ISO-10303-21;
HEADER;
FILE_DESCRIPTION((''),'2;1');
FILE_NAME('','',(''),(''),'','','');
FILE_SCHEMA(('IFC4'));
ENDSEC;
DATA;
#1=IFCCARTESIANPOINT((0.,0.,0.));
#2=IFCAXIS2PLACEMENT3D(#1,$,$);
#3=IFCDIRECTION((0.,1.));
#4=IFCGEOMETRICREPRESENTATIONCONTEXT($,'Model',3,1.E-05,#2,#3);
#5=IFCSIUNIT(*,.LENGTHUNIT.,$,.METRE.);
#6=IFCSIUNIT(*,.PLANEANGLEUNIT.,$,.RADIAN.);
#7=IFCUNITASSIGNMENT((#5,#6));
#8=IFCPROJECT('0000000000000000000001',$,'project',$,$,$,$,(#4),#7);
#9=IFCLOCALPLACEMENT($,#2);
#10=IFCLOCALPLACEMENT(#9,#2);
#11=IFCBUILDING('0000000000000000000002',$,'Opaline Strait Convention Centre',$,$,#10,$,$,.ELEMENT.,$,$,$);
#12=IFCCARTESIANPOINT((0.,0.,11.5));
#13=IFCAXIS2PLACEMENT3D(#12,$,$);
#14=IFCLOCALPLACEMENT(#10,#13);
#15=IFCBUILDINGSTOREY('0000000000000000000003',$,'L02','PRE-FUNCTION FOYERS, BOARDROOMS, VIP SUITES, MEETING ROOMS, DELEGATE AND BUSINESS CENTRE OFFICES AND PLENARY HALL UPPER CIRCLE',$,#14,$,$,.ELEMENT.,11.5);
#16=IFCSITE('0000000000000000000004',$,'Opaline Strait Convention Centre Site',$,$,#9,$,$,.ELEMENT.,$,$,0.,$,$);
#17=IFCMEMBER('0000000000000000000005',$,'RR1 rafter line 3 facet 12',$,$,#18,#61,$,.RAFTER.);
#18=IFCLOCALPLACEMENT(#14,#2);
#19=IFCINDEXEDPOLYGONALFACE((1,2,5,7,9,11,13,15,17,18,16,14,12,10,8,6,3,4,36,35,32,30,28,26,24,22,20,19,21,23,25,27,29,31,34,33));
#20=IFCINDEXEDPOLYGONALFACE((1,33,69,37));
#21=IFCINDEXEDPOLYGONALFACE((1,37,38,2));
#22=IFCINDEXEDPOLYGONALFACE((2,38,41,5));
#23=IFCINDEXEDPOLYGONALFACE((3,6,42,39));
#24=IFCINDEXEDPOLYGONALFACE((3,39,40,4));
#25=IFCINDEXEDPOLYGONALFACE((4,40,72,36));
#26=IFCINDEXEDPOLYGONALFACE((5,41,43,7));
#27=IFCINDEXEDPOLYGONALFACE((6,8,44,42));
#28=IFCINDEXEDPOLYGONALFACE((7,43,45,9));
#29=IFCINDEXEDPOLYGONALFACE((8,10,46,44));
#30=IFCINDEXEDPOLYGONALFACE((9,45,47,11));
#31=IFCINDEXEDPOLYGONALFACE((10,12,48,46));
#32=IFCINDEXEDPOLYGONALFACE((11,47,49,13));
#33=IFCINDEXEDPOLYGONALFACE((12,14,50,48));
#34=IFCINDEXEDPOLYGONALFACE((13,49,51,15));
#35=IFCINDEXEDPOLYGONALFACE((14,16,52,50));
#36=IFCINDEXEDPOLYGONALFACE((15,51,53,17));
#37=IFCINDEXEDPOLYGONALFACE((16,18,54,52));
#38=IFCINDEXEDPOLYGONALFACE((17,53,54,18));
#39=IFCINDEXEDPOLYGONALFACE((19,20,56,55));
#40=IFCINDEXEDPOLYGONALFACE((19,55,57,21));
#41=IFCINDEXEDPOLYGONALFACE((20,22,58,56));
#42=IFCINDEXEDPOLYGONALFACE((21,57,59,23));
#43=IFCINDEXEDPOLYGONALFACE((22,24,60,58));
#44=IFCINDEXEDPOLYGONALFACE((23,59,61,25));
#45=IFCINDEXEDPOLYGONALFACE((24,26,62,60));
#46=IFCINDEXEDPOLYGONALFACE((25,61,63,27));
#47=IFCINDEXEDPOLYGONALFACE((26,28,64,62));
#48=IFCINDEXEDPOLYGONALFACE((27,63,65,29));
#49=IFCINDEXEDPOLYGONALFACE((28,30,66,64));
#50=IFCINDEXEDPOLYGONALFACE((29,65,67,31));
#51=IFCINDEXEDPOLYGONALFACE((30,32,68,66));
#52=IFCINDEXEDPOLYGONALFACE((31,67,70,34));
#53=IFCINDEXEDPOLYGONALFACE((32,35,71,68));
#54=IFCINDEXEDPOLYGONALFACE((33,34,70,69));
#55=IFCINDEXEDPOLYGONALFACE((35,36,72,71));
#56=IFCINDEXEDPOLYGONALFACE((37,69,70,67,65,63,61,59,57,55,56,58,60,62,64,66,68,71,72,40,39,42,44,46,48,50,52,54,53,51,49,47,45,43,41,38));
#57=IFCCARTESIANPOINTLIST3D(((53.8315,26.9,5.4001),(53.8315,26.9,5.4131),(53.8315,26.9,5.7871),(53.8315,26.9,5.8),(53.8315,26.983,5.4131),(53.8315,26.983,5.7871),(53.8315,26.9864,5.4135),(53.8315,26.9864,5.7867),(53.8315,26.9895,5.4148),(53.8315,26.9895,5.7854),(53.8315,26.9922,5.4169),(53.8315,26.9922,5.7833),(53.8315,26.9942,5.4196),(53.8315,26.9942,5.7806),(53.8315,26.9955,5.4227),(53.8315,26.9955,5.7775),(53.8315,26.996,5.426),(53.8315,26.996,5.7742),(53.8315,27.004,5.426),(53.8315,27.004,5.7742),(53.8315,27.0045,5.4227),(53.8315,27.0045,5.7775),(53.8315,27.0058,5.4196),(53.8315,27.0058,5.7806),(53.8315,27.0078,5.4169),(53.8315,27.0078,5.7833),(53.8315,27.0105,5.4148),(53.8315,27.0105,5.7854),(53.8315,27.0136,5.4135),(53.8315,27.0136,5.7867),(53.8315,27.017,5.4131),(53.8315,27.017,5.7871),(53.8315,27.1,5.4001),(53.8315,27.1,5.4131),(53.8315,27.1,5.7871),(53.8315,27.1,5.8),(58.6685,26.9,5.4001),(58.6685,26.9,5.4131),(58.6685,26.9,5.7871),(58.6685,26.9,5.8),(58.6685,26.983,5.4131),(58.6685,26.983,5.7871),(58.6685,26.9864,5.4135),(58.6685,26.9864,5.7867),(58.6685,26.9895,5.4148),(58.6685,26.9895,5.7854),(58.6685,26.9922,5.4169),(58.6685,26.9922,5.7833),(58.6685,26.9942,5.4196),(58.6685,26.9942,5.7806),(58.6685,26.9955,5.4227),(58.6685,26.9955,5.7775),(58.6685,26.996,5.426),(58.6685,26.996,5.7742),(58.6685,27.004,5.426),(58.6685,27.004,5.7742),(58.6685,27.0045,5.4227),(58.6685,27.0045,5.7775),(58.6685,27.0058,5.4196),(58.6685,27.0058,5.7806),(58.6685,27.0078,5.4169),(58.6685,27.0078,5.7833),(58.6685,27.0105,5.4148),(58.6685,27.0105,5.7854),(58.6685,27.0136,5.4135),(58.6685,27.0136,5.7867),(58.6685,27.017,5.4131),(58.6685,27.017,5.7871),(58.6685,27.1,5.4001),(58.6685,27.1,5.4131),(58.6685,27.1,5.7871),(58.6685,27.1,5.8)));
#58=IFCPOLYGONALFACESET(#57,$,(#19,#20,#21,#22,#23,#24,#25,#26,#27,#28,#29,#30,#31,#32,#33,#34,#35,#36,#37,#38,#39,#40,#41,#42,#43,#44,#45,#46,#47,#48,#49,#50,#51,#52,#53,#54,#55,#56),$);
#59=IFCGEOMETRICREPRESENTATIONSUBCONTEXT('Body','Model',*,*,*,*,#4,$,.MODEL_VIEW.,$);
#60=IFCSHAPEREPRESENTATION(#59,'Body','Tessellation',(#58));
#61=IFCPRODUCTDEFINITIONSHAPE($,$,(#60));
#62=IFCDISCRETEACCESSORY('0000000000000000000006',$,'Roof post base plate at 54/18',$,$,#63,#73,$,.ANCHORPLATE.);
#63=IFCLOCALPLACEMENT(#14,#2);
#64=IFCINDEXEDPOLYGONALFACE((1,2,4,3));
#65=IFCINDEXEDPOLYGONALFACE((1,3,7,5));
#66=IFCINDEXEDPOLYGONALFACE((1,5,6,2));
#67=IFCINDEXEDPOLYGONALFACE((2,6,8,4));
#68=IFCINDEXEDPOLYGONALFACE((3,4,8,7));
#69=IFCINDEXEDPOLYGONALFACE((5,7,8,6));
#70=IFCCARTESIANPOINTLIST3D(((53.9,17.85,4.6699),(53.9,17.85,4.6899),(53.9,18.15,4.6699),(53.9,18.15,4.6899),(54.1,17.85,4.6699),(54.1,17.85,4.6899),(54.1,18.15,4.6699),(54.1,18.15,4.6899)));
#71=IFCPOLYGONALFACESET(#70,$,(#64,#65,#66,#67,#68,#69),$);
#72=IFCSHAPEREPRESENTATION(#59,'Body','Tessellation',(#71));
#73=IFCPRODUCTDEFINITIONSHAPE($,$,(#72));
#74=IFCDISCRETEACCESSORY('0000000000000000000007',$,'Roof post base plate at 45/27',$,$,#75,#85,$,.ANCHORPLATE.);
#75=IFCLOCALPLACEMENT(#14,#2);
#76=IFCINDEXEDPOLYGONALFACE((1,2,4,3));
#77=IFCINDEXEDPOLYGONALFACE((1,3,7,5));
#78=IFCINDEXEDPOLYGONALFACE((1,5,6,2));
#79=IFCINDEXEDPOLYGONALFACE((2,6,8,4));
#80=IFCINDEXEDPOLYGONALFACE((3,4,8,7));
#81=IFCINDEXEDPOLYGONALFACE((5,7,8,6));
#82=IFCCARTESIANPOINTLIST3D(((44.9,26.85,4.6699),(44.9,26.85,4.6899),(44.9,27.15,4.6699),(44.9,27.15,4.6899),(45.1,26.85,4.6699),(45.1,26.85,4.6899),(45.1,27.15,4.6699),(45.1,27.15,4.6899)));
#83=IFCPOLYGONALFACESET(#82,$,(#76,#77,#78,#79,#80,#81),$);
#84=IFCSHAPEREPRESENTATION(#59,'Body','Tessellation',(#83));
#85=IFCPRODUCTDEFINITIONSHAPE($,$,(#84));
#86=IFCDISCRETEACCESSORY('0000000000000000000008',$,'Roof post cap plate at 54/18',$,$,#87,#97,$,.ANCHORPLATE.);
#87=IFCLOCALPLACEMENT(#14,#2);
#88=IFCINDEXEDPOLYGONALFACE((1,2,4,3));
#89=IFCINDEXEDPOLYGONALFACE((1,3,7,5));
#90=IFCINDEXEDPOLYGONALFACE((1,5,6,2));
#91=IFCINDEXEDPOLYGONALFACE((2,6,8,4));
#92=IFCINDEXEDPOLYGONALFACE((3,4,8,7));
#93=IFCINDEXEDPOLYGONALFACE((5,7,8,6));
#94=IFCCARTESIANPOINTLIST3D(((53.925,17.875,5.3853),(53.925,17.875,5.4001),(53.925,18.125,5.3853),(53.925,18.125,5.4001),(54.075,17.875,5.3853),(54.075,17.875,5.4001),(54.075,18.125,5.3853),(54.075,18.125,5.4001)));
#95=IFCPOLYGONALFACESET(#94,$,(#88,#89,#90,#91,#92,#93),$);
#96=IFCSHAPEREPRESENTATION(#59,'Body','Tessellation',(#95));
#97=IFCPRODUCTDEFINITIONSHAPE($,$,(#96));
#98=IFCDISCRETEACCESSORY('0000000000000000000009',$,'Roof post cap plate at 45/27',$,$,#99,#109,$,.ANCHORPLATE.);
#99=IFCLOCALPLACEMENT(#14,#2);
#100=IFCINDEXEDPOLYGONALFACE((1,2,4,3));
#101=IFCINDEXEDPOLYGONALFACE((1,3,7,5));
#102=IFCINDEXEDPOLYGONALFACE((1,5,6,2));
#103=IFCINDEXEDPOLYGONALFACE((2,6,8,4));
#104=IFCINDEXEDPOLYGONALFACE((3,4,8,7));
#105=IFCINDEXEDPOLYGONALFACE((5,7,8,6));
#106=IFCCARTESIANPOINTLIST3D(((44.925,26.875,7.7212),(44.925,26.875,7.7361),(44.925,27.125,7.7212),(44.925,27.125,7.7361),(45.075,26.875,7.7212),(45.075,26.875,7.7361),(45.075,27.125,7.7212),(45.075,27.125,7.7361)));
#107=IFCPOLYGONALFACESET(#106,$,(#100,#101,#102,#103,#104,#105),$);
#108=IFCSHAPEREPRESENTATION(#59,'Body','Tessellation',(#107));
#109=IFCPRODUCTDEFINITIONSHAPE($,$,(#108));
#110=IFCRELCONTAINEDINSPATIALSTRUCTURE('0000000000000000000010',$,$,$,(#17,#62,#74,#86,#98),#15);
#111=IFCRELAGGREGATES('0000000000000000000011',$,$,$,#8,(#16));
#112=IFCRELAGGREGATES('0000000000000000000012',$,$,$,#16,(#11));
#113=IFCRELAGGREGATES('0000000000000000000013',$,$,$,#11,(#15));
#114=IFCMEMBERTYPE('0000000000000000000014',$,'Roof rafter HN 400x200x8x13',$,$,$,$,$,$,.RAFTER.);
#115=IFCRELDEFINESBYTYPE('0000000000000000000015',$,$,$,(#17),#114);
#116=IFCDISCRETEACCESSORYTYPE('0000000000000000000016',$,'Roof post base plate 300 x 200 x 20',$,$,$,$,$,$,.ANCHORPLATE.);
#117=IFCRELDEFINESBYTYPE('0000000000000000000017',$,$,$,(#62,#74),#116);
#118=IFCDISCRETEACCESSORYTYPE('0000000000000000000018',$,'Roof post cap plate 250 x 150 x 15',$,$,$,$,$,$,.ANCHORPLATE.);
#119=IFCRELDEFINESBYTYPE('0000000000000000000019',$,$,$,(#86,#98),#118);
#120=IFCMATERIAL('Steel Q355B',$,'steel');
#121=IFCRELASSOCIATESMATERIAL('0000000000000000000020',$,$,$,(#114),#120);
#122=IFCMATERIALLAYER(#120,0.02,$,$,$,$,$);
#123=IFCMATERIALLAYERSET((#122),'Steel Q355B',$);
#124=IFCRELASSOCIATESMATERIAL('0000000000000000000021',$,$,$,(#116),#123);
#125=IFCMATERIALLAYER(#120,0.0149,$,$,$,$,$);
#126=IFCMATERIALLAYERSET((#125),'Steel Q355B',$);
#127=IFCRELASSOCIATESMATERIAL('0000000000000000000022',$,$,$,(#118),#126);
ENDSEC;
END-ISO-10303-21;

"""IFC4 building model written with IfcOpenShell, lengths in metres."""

from ifc_helpers import new_model, si_unit, direction, frame, origin, origin_2d, place, context, subcontext, project, spatial, rectangle, i_section, extrude, material, layer, layer_set, material_profile, profile_set, type_object, element, save


model = new_model("IFC4")

# Units and contexts
model_context = context("Model", 3, precision=1e-05, world=origin(), true_north=direction((0.0, 1.0)))
body_context = subcontext(model_context, "Body", "Model", "MODEL_VIEW")
ifc_project = project(units=[si_unit("LENGTHUNIT", "METRE"), si_unit("PLANEANGLEUNIT", "RADIAN")], contexts=[model_context])

# Site, building, storey
site_placement = place(None, origin())
site = spatial("IfcSite", under=ifc_project, at=site_placement, Name="Opaline Strait Convention Centre Site", CompositionType="ELEMENT", RefElevation=0.0)
building_placement = place(site_placement, origin())
building = spatial("IfcBuilding", under=site, at=building_placement, Name="Opaline Strait Convention Centre", CompositionType="ELEMENT")
storey_placement = place(building_placement, frame((0.0, 0.0, 11.5)))
storey = spatial("IfcBuildingStorey", under=building, at=storey_placement, Name="L02", Description="PRE-FUNCTION FOYERS, BOARDROOMS, VIP SUITES, MEETING ROOMS, DELEGATE AND BUSINESS CENTRE OFFICES AND PLENARY HALL UPPER CIRCLE", CompositionType="ELEMENT", Elevation=11.5)

# Shared definitions
ifc_material_1 = material(Name="Steel Q355B", Category="steel")

# Member
ifc_material_profile_1 = material_profile(ifc_material_1, i_section(OverallWidth=0.2, OverallDepth=0.3999, WebThickness=0.0081, FlangeThickness=0.0129, FilletRadius=0.0129, at=origin_2d()), Name="HN 400x200x8x13")
ifc_profile_set_1 = profile_set([ifc_material_profile_1], Name="Steel Q355B")
member_type_1 = type_object("IfcMemberType", Name="Roof rafter HN 400x200x8x13", PredefinedType="RAFTER", material=ifc_profile_set_1)
member_1_placement = place(storey_placement, frame((53.8315, 27.0, 5.6001), z_axis=(1.0, 0.0, 0.0), x_axis=(0.0, 1.0, 0.0)))
element("IfcMember", 1, at=member_1_placement, inside=storey, type_object=member_type_1, Name="RR1 rafter line 3 facet 12", PredefinedType="RAFTER", context=body_context, shape_type="SweptSolid", body=[
    extrude(i_section(OverallWidth=0.2, OverallDepth=0.3999, WebThickness=0.0081, FlangeThickness=0.0129, FilletRadius=0.0129, at=origin_2d()), origin(), (0.0, 0.0, 1.0), 4.8369),
])

# Discrete accessories
ifc_layer_1 = layer(ifc_material_1, 0.02)
ifc_layer_set_1 = layer_set([ifc_layer_1], Name="Steel Q355B")
discrete_accessory_type_1 = type_object("IfcDiscreteAccessoryType", Name="Roof post base plate 300 x 200 x 20", PredefinedType="ANCHORPLATE", material=ifc_layer_set_1)
for number, where, z_axis, x_axis, name in (
    (2, (54.0, 18.0, 4.6699), (0.0, 0.0, 1.0), (1.0, 0.0, 0.0), "Roof post base plate at 54/18"),
    (3, (45.0, 27.0, 4.6699), (0.0, 0.0, 1.0), (1.0, 0.0, 0.0), "Roof post base plate at 45/27"),
):
    element("IfcDiscreteAccessory", number, at=place(storey_placement, frame(where, z_axis=z_axis, x_axis=x_axis)), inside=storey, type_object=discrete_accessory_type_1, Name=name, PredefinedType="ANCHORPLATE", context=body_context, shape_type="SweptSolid", body=[
        extrude(rectangle(XDim=0.2, YDim=0.3, at=origin_2d()), origin(), (0.0, 0.0, 1.0), 0.02),
    ])
ifc_layer_2 = layer(ifc_material_1, 0.0149)
ifc_layer_set_2 = layer_set([ifc_layer_2], Name="Steel Q355B")
discrete_accessory_type_2 = type_object("IfcDiscreteAccessoryType", Name="Roof post cap plate 250 x 150 x 15", PredefinedType="ANCHORPLATE", material=ifc_layer_set_2)
for number, where, z_axis, x_axis, name in (
    (4, (54.0, 18.0, 5.3853), (0.0, 0.0, 1.0), (1.0, 0.0, 0.0), "Roof post cap plate at 54/18"),
    (5, (45.0, 27.0, 7.7212), (0.0, 0.0, 1.0), (1.0, 0.0, 0.0), "Roof post cap plate at 45/27"),
):
    element("IfcDiscreteAccessory", number, at=place(storey_placement, frame(where, z_axis=z_axis, x_axis=x_axis)), inside=storey, type_object=discrete_accessory_type_2, Name=name, PredefinedType="ANCHORPLATE", context=body_context, shape_type="SweptSolid", body=[
        extrude(rectangle(XDim=0.1499, YDim=0.25, at=origin_2d()), origin(), (0.0, 0.0, 1.0), 0.0149),
    ])

save(model, "model.ifc")
